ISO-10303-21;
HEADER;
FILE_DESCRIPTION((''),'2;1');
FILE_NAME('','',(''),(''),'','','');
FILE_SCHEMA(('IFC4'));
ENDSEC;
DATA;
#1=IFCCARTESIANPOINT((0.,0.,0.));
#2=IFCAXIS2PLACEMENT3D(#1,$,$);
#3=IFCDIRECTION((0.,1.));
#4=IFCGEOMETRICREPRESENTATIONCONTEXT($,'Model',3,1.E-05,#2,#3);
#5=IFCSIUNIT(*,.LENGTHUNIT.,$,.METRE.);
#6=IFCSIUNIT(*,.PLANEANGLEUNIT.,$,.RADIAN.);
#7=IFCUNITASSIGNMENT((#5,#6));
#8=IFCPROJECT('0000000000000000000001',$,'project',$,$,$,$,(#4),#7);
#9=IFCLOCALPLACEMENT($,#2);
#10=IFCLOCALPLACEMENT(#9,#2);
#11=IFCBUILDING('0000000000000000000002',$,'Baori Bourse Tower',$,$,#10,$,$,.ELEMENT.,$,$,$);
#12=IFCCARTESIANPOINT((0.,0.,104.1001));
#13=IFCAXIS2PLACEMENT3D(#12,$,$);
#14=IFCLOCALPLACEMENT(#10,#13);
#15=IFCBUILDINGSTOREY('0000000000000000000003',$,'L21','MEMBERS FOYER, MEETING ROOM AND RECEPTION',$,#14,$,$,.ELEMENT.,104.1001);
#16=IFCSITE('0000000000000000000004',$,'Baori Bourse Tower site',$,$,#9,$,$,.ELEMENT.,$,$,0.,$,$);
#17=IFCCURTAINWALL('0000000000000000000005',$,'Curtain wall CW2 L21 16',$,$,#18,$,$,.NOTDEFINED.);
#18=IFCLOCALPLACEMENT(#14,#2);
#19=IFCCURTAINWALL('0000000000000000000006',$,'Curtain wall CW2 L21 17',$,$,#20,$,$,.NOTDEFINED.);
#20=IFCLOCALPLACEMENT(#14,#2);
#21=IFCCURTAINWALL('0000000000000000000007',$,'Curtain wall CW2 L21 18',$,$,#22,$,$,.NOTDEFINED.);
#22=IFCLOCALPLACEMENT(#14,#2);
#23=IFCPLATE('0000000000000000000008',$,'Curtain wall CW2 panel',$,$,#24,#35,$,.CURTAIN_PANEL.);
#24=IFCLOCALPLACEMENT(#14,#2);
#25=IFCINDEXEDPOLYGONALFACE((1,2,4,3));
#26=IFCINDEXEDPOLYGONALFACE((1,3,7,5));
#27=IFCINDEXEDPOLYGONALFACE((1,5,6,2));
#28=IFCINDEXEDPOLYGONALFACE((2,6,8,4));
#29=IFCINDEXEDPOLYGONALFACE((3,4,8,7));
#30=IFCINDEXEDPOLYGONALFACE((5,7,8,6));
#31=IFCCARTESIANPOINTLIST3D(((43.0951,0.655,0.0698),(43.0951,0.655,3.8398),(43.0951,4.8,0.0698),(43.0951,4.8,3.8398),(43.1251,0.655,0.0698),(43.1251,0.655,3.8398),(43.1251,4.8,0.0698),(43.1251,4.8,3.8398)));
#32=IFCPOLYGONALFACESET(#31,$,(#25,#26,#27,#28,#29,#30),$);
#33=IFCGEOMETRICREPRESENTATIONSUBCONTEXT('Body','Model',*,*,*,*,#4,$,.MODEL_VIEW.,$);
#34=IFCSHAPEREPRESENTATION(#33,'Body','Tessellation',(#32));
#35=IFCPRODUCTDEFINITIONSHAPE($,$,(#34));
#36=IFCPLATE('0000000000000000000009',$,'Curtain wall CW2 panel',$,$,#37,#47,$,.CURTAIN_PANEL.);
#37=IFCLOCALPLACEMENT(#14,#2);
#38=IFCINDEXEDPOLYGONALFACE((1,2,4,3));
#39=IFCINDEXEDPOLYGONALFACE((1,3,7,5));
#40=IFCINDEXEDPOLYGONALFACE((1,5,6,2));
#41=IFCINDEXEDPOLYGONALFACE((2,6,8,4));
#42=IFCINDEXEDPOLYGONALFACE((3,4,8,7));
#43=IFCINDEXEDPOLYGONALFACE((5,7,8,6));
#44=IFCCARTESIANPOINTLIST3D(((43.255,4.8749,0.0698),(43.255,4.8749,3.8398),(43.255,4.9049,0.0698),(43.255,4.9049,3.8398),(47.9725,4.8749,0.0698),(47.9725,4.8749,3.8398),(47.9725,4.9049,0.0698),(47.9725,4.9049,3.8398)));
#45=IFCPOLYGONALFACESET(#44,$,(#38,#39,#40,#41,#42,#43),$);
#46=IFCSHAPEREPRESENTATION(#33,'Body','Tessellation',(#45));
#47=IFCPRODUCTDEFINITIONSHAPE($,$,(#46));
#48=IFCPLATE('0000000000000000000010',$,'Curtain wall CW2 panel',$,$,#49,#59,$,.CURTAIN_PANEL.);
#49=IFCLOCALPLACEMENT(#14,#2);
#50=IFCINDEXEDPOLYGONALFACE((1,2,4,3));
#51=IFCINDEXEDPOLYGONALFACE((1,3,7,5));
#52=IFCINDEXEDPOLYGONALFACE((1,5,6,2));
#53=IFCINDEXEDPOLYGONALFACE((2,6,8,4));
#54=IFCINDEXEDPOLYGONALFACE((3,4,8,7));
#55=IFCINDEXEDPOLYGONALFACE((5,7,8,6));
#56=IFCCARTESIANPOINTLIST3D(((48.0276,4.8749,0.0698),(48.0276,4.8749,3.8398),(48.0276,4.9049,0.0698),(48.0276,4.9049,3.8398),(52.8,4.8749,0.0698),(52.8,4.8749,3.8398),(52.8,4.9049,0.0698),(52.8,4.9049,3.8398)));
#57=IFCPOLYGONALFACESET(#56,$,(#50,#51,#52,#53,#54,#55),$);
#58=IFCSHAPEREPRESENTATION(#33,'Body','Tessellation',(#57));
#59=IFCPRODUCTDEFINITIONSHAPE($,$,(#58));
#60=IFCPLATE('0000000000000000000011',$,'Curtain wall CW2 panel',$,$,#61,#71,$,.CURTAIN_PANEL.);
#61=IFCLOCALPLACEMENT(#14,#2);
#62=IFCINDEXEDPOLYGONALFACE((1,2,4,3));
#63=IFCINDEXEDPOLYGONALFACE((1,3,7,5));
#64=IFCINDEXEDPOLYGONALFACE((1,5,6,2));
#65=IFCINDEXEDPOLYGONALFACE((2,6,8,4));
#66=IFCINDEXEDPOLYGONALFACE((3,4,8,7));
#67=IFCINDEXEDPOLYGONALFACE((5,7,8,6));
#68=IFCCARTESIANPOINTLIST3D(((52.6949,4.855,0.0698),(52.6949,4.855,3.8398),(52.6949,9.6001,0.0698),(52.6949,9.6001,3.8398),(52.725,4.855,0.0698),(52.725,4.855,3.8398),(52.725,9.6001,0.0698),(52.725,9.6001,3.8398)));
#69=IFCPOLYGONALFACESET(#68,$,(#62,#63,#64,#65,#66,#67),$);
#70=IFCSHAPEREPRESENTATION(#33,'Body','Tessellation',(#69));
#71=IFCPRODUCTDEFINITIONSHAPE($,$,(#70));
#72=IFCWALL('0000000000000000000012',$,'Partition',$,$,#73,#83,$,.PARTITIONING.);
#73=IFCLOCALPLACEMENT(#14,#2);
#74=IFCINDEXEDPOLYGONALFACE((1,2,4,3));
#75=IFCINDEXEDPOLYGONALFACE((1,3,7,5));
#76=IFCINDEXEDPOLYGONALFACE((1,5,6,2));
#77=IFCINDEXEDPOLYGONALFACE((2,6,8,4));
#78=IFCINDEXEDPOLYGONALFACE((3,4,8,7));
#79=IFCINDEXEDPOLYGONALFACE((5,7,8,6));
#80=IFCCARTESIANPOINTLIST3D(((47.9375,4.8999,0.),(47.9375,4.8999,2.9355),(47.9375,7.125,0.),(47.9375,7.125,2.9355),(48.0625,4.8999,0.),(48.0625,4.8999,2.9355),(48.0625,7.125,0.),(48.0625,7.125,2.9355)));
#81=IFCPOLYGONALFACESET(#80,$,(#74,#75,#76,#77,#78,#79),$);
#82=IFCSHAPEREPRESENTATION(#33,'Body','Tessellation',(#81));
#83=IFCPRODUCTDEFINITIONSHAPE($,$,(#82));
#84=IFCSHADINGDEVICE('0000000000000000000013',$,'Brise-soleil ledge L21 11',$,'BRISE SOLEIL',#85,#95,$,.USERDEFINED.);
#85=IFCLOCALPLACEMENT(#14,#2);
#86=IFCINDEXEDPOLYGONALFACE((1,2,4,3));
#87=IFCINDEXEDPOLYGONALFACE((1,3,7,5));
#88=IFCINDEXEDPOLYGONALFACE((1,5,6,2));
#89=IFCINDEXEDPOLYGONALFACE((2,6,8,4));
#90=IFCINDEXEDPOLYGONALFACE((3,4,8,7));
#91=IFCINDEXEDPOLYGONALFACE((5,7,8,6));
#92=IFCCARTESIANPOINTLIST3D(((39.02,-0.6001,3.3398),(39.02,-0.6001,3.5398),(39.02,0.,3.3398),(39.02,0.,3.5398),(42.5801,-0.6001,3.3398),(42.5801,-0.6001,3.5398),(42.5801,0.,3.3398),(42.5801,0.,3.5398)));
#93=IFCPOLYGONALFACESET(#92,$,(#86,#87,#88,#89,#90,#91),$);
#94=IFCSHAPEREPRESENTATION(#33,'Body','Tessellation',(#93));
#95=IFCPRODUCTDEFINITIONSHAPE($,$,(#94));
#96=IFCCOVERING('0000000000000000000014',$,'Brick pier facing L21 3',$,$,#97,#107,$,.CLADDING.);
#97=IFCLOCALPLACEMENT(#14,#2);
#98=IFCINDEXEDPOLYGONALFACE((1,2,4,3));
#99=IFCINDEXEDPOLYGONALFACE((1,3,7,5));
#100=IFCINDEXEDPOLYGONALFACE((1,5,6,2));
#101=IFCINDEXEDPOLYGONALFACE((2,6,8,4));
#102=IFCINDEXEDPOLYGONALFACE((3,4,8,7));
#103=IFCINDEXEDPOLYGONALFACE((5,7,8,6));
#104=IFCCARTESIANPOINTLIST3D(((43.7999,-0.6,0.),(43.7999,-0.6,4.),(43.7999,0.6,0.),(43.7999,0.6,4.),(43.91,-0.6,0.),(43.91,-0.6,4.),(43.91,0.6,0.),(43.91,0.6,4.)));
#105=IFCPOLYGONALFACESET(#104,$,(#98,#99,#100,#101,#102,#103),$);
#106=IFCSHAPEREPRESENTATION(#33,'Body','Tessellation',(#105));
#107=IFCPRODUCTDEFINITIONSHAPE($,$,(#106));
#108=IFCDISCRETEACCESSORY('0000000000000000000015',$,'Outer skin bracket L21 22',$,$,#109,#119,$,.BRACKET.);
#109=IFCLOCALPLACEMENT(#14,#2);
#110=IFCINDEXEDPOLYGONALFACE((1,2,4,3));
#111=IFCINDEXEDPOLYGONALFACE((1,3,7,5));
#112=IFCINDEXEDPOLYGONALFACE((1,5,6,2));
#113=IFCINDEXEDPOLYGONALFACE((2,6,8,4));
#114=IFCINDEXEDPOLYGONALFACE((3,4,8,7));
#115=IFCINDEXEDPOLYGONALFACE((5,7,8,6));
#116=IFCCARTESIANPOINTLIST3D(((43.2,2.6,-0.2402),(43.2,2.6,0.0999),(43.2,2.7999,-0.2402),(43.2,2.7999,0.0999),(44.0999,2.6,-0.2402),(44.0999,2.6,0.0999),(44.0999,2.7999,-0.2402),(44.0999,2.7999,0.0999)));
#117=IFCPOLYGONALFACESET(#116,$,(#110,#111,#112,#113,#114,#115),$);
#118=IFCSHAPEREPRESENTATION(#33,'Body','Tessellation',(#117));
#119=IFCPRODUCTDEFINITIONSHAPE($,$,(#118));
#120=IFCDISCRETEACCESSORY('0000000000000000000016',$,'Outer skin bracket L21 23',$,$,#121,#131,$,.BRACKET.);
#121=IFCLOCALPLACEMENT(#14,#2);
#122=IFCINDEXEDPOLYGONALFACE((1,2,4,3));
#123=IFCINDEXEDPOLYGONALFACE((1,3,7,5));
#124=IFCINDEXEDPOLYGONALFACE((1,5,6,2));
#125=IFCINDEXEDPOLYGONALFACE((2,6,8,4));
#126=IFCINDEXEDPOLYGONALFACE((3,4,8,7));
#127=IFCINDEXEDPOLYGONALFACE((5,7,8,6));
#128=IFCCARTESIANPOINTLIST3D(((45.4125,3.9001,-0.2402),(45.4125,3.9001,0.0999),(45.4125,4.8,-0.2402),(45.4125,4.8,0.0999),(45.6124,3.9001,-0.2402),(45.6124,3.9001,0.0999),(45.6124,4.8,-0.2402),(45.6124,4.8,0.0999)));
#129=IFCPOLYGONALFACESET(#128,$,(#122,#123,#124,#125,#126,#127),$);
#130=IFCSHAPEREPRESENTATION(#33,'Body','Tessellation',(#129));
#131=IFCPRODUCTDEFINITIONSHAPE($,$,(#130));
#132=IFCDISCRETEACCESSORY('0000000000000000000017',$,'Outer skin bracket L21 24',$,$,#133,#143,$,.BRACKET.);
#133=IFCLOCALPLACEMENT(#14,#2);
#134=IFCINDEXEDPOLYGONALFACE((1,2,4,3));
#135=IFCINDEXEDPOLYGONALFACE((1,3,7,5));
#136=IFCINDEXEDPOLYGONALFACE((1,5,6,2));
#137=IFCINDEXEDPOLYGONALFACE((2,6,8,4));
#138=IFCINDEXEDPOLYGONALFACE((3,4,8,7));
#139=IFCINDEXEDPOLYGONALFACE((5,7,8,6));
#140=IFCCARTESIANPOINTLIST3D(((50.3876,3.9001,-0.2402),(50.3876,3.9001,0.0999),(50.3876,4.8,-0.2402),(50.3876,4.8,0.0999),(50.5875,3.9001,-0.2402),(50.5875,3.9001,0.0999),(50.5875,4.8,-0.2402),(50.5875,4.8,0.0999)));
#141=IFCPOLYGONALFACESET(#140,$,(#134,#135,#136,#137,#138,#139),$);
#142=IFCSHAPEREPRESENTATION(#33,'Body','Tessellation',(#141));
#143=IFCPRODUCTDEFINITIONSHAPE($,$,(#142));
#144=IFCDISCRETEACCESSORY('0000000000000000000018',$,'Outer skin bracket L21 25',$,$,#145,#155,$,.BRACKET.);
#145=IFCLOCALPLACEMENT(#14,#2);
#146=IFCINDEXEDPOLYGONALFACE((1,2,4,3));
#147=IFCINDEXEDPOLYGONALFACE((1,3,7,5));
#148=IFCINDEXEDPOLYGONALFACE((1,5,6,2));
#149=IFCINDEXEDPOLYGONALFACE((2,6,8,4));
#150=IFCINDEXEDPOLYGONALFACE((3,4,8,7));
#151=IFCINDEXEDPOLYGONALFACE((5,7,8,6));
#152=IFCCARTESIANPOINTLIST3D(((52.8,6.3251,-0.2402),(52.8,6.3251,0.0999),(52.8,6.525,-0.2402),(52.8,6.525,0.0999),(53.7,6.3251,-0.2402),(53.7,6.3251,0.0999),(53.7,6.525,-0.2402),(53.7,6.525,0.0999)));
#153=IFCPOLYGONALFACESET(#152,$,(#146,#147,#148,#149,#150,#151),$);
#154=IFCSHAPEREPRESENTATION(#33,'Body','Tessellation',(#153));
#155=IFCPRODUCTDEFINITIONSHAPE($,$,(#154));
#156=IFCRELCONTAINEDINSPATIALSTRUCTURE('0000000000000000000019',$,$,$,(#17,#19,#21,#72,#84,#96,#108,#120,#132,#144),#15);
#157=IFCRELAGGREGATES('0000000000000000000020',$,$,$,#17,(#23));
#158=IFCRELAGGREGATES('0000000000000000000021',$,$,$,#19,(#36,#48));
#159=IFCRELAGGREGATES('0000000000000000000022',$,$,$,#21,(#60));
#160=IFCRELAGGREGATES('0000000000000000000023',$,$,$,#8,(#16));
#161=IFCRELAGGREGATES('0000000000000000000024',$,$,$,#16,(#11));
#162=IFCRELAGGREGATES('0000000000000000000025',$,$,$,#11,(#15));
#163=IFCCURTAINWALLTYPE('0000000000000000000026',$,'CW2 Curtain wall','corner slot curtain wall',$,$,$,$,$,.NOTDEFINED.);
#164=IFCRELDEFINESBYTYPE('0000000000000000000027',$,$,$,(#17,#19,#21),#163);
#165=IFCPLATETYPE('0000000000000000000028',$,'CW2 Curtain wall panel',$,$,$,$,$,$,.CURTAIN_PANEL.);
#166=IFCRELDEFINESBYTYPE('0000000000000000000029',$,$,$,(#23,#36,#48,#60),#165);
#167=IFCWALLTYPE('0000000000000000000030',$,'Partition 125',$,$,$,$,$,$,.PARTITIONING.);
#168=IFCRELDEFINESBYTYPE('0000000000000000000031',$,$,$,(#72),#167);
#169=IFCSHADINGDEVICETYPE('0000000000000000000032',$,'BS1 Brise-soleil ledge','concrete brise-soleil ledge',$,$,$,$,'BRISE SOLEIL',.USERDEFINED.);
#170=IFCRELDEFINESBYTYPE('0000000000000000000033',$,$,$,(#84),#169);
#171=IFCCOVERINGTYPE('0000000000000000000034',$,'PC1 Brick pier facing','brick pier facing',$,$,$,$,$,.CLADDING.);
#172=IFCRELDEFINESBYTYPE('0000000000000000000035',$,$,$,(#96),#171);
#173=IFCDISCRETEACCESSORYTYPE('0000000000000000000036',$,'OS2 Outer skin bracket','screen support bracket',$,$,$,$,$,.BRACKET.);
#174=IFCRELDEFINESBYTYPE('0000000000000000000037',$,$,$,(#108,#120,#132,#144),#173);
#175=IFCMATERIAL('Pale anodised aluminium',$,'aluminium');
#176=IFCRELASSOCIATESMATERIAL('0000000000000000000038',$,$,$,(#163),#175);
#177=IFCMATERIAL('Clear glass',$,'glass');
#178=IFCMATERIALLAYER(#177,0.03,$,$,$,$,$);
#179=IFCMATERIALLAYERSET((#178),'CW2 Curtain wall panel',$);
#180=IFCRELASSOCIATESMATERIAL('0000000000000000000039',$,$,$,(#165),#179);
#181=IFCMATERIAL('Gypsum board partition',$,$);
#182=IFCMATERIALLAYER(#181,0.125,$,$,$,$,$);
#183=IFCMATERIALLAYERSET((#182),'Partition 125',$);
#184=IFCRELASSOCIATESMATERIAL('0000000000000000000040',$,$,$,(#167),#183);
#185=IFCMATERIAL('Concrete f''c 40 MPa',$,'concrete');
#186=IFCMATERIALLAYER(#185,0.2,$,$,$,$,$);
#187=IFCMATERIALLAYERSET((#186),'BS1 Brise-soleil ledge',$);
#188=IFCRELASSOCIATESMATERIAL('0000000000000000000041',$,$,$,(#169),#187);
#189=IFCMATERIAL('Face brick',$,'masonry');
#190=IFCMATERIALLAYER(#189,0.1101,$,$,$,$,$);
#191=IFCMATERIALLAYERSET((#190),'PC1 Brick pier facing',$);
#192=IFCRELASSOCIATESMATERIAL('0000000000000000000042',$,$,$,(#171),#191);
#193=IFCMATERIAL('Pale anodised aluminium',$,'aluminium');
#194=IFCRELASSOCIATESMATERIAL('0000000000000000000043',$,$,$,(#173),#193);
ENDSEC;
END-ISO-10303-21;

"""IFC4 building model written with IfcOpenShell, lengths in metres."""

from ifc_helpers import new_model, si_unit, direction, frame, frame_2d, origin, origin_2d, place, context, subcontext, project, spatial, rectangle, extrude, material, layer, layer_set, type_object, element, aggregate, save


model = new_model("IFC4")

# Units and contexts
model_context = context("Model", 3, precision=1e-05, world=origin(), true_north=direction((0.0, 1.0)))
body_context = subcontext(model_context, "Body", "Model", "MODEL_VIEW")
ifc_project = project(units=[si_unit("LENGTHUNIT", "METRE"), si_unit("PLANEANGLEUNIT", "RADIAN")], contexts=[model_context])

# Site, building, storey
site_placement = place(None, origin())
site = spatial("IfcSite", under=ifc_project, at=site_placement, Name="Baori Bourse Tower site", CompositionType="ELEMENT", RefElevation=0.0)
building_placement = place(site_placement, origin())
building = spatial("IfcBuilding", under=site, at=building_placement, Name="Baori Bourse Tower", CompositionType="ELEMENT")
storey_placement = place(building_placement, frame((0.0, 0.0, 104.1001)))
storey = spatial("IfcBuildingStorey", under=building, at=storey_placement, Name="L21", Description="MEMBERS FOYER, MEETING ROOM AND RECEPTION", CompositionType="ELEMENT", Elevation=104.1001)

# Curtain wall
ifc_material_1 = material(Name="Pale anodised aluminium", Category="aluminium")
curtain_wall_type_1 = type_object("IfcCurtainWallType", Name="CW2 Curtain wall", Description="corner slot curtain wall", PredefinedType="NOTDEFINED", material=ifc_material_1)
curtain_wall_1_placement = place(storey_placement, origin())
curtain_wall_1 = element("IfcCurtainWall", 1, at=curtain_wall_1_placement, inside=storey, type_object=curtain_wall_type_1, Name="Curtain wall CW2 L21 16", PredefinedType="NOTDEFINED")

# Curtain wall
curtain_wall_2_placement = place(storey_placement, origin())
curtain_wall_2 = element("IfcCurtainWall", 2, at=curtain_wall_2_placement, inside=storey, type_object=curtain_wall_type_1, Name="Curtain wall CW2 L21 17", PredefinedType="NOTDEFINED")

# Curtain wall
curtain_wall_3_placement = place(storey_placement, origin())
curtain_wall_3 = element("IfcCurtainWall", 3, at=curtain_wall_3_placement, inside=storey, type_object=curtain_wall_type_1, Name="Curtain wall CW2 L21 18", PredefinedType="NOTDEFINED")

# Plates
ifc_material_2 = material(Name="Clear glass", Category="glass")
ifc_layer_1 = layer(ifc_material_2, 0.03)
ifc_layer_set_1 = layer_set([ifc_layer_1], Name="CW2 Curtain wall panel")
plate_type_1 = type_object("IfcPlateType", Name="CW2 Curtain wall panel", PredefinedType="CURTAIN_PANEL", material=ifc_layer_set_1)
plate_1_placement = place(storey_placement, frame((43.1101, 2.7275, 0.0698), z_axis=(0.0, 0.0, 1.0), x_axis=(0.0, 1.0, 0.0)))
plate_1 = element("IfcPlate", 4, at=plate_1_placement, type_object=plate_type_1, Name="Curtain wall CW2 panel", PredefinedType="CURTAIN_PANEL", context=body_context, shape_type="SweptSolid", body=[
    extrude(rectangle(XDim=4.145, YDim=0.03, at=origin_2d()), origin(), (0.0, 0.0, 1.0), 3.77),
])
aggregate(curtain_wall_1, [plate_1])
plate_2_placement = place(storey_placement, frame((45.6138, 4.8899, 0.0698), z_axis=(0.0, 0.0, 1.0), x_axis=(1.0, 0.0, 0.0)))
plate_2 = element("IfcPlate", 5, at=plate_2_placement, type_object=plate_type_1, Name="Curtain wall CW2 panel", PredefinedType="CURTAIN_PANEL", context=body_context, shape_type="SweptSolid", body=[
    extrude(rectangle(XDim=4.7175, YDim=0.03, at=origin_2d()), origin(), (0.0, 0.0, 1.0), 3.77),
])
plate_3_placement = place(storey_placement, frame((50.4138, 4.8899, 0.0698), z_axis=(0.0, 0.0, 1.0), x_axis=(1.0, 0.0, 0.0)))
plate_3 = element("IfcPlate", 6, at=plate_3_placement, type_object=plate_type_1, Name="Curtain wall CW2 panel", PredefinedType="CURTAIN_PANEL", context=body_context, shape_type="SweptSolid", body=[
    extrude(rectangle(XDim=4.7725, YDim=0.03, at=origin_2d()), origin(), (0.0, 0.0, 1.0), 3.77),
])
aggregate(curtain_wall_2, [plate_2, plate_3])
plate_4_placement = place(storey_placement, frame((52.71, 7.2275, 0.0698), z_axis=(0.0, 0.0, 1.0), x_axis=(0.0, 1.0, 0.0)))
plate_4 = element("IfcPlate", 7, at=plate_4_placement, type_object=plate_type_1, Name="Curtain wall CW2 panel", PredefinedType="CURTAIN_PANEL", context=body_context, shape_type="SweptSolid", body=[
    extrude(rectangle(XDim=4.7451, YDim=0.03, at=origin_2d()), origin(), (0.0, 0.0, 1.0), 3.77),
])
aggregate(curtain_wall_3, [plate_4])

# Wall
ifc_material_3 = material(Name="Gypsum board partition")
ifc_layer_2 = layer(ifc_material_3, 0.125)
ifc_layer_set_2 = layer_set([ifc_layer_2], Name="Partition 125")
wall_type = type_object("IfcWallType", Name="Partition 125", PredefinedType="PARTITIONING", material=ifc_layer_set_2)
wall_placement = place(storey_placement, frame((48.0, 4.8999, 0.0), z_axis=(0.0, 0.0, 1.0), x_axis=(0.0, 1.0, 0.0)))
element("IfcWall", 8, at=wall_placement, inside=storey, type_object=wall_type, Name="Partition", PredefinedType="PARTITIONING", context=body_context, shape_type="SweptSolid", body=[
    extrude(rectangle(XDim=2.2251, YDim=0.125, at=frame_2d((1.1125, 0.0))), origin(), (0.0, 0.0, 1.0), 2.9355),
])

# Shading device
ifc_material_4 = material(Name="Concrete f'c 40 MPa", Category="concrete")
ifc_layer_3 = layer(ifc_material_4, 0.2)
ifc_layer_set_3 = layer_set([ifc_layer_3], Name="BS1 Brise-soleil ledge")
shading_device_type = type_object("IfcShadingDeviceType", Name="BS1 Brise-soleil ledge", Description="concrete brise-soleil ledge", ElementType="BRISE SOLEIL", PredefinedType="USERDEFINED", material=ifc_layer_set_3)
shading_device_placement = place(storey_placement, frame((40.8, -0.3, 3.3398), z_axis=(0.0, 0.0, 1.0), x_axis=(1.0, 0.0, 0.0)))
element("IfcShadingDevice", 9, at=shading_device_placement, inside=storey, type_object=shading_device_type, Name="Brise-soleil ledge L21 11", ObjectType="BRISE SOLEIL", PredefinedType="USERDEFINED", context=body_context, shape_type="SweptSolid", body=[
    extrude(rectangle(XDim=3.5601, YDim=0.6001, at=origin_2d()), origin(), (0.0, 0.0, 1.0), 0.2),
])

# Covering
ifc_material_5 = material(Name="Face brick", Category="masonry")
ifc_layer_4 = layer(ifc_material_5, 0.1101)
ifc_layer_set_4 = layer_set([ifc_layer_4], Name="PC1 Brick pier facing")
covering_type = type_object("IfcCoveringType", Name="PC1 Brick pier facing", Description="brick pier facing", PredefinedType="CLADDING", material=ifc_layer_set_4)
covering_placement = place(storey_placement, frame((43.855, 0.0, 0.0), z_axis=(0.0, 0.0, 1.0), x_axis=(1.0, 0.0, 0.0)))
element("IfcCovering", 10, at=covering_placement, inside=storey, type_object=covering_type, Name="Brick pier facing L21 3", PredefinedType="CLADDING", context=body_context, shape_type="SweptSolid", body=[
    extrude(rectangle(XDim=0.1101, YDim=1.2, at=origin_2d()), origin(), (0.0, 0.0, 1.0), 4.0),
])

# Discrete accessories
ifc_material_6 = material(Name="Pale anodised aluminium", Category="aluminium")
discrete_accessory_type = type_object("IfcDiscreteAccessoryType", Name="OS2 Outer skin bracket", Description="screen support bracket", PredefinedType="BRACKET", material=ifc_material_6)
for number, where, z_axis, x_axis, name in (
    (11, (43.6499, 2.7, -0.2402), (0.0, 0.0, 1.0), (0.0, 1.0, 0.0), "Outer skin bracket L21 22"),
    (12, (45.5125, 4.3501, -0.2402), (0.0, 0.0, 1.0), (1.0, 0.0, 0.0), "Outer skin bracket L21 23"),
    (13, (50.4875, 4.3501, -0.2402), (0.0, 0.0, 1.0), (1.0, 0.0, 0.0), "Outer skin bracket L21 24"),
    (14, (53.25, 6.425, -0.2402), (0.0, 0.0, 1.0), (0.0, 1.0, 0.0), "Outer skin bracket L21 25"),
):
    element("IfcDiscreteAccessory", number, at=place(storey_placement, frame(where, z_axis=z_axis, x_axis=x_axis)), inside=storey, type_object=discrete_accessory_type, Name=name, PredefinedType="BRACKET", context=body_context, shape_type="SweptSolid", body=[
        extrude(rectangle(XDim=0.2, YDim=0.8999, at=origin_2d()), origin(), (0.0, 0.0, 1.0), 0.3401),
    ])

save(model, "model.ifc")
